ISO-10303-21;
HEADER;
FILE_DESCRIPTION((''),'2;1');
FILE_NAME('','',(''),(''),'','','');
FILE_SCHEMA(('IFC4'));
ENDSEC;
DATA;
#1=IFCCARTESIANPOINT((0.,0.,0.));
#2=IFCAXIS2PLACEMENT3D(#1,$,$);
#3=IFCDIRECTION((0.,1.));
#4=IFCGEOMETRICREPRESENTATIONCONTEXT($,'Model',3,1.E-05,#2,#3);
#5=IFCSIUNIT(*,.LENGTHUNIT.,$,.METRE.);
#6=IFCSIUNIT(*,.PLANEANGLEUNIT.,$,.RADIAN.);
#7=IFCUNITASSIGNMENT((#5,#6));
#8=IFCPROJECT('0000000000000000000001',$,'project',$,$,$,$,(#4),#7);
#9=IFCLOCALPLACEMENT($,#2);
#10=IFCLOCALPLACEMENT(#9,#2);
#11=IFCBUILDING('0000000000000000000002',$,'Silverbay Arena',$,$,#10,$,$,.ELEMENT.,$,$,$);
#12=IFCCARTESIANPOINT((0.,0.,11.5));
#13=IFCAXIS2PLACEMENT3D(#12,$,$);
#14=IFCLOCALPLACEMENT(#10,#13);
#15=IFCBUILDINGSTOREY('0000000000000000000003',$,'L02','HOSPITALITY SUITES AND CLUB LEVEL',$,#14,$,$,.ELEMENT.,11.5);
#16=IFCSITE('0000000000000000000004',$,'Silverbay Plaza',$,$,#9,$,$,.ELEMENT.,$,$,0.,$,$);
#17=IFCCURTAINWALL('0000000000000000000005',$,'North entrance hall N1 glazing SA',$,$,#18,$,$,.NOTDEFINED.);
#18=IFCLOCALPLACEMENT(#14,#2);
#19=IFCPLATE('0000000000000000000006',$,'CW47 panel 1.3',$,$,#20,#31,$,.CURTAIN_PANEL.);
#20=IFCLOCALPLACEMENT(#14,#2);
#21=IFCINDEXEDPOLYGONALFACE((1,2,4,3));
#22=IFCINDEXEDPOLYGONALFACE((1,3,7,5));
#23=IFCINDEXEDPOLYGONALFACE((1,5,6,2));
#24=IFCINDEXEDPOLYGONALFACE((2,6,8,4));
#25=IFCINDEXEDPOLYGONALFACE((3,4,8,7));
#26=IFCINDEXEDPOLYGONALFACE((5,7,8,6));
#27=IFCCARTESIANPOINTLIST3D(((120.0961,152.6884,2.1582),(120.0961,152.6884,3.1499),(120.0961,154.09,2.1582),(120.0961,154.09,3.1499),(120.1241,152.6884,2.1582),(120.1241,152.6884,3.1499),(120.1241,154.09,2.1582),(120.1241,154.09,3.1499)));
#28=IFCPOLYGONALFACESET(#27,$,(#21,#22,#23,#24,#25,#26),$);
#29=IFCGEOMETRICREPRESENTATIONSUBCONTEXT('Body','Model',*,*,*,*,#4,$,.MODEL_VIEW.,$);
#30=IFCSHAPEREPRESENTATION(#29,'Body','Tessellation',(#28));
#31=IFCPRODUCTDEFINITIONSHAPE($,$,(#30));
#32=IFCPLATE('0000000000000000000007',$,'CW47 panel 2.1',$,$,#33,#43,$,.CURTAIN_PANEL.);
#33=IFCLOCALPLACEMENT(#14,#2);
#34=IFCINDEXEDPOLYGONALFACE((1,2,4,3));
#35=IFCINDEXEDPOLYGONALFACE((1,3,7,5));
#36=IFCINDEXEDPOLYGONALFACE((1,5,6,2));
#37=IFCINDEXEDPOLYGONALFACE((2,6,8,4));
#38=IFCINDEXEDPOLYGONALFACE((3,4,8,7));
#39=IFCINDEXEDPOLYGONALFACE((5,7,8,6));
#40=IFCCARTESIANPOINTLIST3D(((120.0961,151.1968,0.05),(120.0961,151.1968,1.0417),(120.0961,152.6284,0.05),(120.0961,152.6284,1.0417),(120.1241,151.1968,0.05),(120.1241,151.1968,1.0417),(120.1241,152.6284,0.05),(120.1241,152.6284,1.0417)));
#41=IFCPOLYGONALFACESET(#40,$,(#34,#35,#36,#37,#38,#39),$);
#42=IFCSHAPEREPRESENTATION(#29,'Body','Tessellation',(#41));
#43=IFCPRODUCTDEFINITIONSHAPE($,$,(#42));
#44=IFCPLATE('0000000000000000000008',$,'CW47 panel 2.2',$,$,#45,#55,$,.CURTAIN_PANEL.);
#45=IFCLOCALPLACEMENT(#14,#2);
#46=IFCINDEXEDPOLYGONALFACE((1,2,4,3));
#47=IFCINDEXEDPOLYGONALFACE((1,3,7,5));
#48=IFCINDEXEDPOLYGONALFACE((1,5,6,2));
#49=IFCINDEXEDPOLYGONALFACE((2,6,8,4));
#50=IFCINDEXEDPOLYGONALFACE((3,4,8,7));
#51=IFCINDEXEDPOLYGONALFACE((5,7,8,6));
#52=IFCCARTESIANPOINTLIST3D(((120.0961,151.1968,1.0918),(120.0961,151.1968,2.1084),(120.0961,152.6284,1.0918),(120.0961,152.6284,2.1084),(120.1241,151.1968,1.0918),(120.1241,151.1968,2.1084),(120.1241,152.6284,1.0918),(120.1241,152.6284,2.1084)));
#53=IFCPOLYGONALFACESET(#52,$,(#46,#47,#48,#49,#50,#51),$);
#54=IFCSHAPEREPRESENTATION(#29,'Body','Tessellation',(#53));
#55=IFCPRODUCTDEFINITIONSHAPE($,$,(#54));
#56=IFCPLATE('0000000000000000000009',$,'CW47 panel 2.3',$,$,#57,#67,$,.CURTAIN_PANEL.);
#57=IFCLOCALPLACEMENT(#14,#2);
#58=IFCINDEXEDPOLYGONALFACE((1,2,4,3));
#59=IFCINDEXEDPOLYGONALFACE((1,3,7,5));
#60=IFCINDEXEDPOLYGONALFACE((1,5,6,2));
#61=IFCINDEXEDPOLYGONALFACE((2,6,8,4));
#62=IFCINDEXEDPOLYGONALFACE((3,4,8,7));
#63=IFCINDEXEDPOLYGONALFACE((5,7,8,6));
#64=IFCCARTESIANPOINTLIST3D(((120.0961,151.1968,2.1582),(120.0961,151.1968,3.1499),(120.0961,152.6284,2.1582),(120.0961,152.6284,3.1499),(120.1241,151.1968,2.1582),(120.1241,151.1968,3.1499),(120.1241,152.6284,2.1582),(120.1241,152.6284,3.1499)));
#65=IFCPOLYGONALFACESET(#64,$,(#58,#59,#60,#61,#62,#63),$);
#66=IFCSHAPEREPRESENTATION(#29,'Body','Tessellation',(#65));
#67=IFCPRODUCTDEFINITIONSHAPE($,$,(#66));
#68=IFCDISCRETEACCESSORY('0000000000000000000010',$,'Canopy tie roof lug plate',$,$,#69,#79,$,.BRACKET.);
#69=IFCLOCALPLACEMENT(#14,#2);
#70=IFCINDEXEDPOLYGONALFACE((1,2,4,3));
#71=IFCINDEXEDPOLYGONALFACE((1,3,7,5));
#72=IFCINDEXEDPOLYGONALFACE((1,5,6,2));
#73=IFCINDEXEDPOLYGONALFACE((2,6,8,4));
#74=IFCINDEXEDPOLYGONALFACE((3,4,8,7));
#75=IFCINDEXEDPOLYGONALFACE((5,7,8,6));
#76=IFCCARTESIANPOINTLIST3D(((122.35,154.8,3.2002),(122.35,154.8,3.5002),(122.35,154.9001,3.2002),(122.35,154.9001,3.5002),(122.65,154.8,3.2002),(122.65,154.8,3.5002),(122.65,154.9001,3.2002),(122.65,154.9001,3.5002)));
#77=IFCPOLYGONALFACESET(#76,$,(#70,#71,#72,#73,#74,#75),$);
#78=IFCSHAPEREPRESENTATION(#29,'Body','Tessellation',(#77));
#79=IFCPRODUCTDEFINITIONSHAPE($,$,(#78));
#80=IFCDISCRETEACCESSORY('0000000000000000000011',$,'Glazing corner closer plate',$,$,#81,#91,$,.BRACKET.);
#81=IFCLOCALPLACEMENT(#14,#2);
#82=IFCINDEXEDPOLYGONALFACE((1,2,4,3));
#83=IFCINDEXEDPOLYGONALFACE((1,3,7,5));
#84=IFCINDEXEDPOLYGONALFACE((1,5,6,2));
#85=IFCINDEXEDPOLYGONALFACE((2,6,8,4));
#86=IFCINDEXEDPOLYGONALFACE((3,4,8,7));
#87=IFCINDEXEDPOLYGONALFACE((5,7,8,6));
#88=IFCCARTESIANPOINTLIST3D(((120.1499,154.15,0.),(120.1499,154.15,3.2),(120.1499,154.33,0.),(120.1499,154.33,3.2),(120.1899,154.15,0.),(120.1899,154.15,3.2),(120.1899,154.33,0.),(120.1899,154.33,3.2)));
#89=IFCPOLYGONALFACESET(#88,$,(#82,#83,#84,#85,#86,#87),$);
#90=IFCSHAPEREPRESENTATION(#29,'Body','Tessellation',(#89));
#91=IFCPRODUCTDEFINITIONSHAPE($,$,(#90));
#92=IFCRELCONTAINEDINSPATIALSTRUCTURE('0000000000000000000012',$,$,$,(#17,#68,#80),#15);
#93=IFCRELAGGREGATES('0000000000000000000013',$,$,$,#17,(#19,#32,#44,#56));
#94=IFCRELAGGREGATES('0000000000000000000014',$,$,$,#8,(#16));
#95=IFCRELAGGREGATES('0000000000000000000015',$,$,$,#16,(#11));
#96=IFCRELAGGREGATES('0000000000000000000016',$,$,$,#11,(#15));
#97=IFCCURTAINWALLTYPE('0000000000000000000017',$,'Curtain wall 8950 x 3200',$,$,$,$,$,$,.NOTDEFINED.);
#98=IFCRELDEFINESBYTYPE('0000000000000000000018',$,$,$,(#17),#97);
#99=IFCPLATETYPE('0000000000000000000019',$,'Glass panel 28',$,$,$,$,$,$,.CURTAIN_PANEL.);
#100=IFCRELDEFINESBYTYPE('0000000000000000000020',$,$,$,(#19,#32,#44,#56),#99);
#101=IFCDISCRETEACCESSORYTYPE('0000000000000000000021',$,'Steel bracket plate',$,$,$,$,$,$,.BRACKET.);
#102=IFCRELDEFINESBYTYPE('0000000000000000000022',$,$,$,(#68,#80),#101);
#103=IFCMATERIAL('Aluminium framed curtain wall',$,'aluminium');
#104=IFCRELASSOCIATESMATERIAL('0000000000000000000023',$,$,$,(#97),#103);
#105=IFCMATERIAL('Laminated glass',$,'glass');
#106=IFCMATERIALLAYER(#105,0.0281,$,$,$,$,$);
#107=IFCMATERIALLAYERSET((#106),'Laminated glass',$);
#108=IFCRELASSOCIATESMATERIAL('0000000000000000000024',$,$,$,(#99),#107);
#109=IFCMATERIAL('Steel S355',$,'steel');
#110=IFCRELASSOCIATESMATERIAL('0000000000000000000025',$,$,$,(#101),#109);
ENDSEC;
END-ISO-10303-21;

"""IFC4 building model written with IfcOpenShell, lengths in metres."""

from ifc_helpers import new_model, si_unit, direction, frame, origin, origin_2d, place, context, subcontext, project, spatial, rectangle, extrude, material, layer, layer_set, type_object, element, aggregate, save


model = new_model("IFC4")

# Units and contexts
model_context = context("Model", 3, precision=1e-05, world=origin(), true_north=direction((0.0, 1.0)))
body_context = subcontext(model_context, "Body", "Model", "MODEL_VIEW")
ifc_project = project(units=[si_unit("LENGTHUNIT", "METRE"), si_unit("PLANEANGLEUNIT", "RADIAN")], contexts=[model_context])

# Site, building, storey
site_placement = place(None, origin())
site = spatial("IfcSite", under=ifc_project, at=site_placement, Name="Silverbay Plaza", CompositionType="ELEMENT", RefElevation=0.0)
building_placement = place(site_placement, origin())
building = spatial("IfcBuilding", under=site, at=building_placement, Name="Silverbay Arena", CompositionType="ELEMENT")
storey_placement = place(building_placement, frame((0.0, 0.0, 11.5)))
storey = spatial("IfcBuildingStorey", under=building, at=storey_placement, Name="L02", Description="HOSPITALITY SUITES AND CLUB LEVEL", CompositionType="ELEMENT", Elevation=11.5)

# Curtain wall
ifc_material_1 = material(Name="Aluminium framed curtain wall", Category="aluminium")
curtain_wall_type_1 = type_object("IfcCurtainWallType", Name="Curtain wall 8950 x 3200", PredefinedType="NOTDEFINED", material=ifc_material_1)
curtain_wall_1_placement = place(storey_placement, origin())
curtain_wall_1 = element("IfcCurtainWall", 1, at=curtain_wall_1_placement, inside=storey, type_object=curtain_wall_type_1, Name="North entrance hall N1 glazing SA", PredefinedType="NOTDEFINED")

# Plates
ifc_material_2 = material(Name="Laminated glass", Category="glass")
ifc_layer = layer(ifc_material_2, 0.0281)
ifc_layer_set = layer_set([ifc_layer], Name="Laminated glass")
plate_type = type_object("IfcPlateType", Name="Glass panel 28", PredefinedType="CURTAIN_PANEL", material=ifc_layer_set)
plate_1_placement = place(storey_placement, frame((120.1101, 153.3892, 2.1582), z_axis=(0.0, 0.0, 1.0), x_axis=(0.0, -1.0, 0.0)))
plate_1 = element("IfcPlate", 2, at=plate_1_placement, type_object=plate_type, Name="CW47 panel 1.3", PredefinedType="CURTAIN_PANEL", context=body_context, shape_type="SweptSolid", body=[
    extrude(rectangle(XDim=1.4016, YDim=0.0281, at=origin_2d()), origin(), (0.0, 0.0, 1.0), 0.9917),
])
plate_2_placement = place(storey_placement, frame((120.1101, 151.9126, 0.05), z_axis=(0.0, 0.0, 1.0), x_axis=(0.0, -1.0, 0.0)))
plate_2 = element("IfcPlate", 3, at=plate_2_placement, type_object=plate_type, Name="CW47 panel 2.1", PredefinedType="CURTAIN_PANEL", context=body_context, shape_type="SweptSolid", body=[
    extrude(rectangle(XDim=1.4316, YDim=0.0281, at=origin_2d()), origin(), (0.0, 0.0, 1.0), 0.9917),
])
plate_3_placement = place(storey_placement, frame((120.1101, 151.9126, 1.0918), z_axis=(0.0, 0.0, 1.0), x_axis=(0.0, -1.0, 0.0)))
plate_3 = element("IfcPlate", 4, at=plate_3_placement, type_object=plate_type, Name="CW47 panel 2.2", PredefinedType="CURTAIN_PANEL", context=body_context, shape_type="SweptSolid", body=[
    extrude(rectangle(XDim=1.4316, YDim=0.0281, at=origin_2d()), origin(), (0.0, 0.0, 1.0), 1.0166),
])
plate_4_placement = place(storey_placement, frame((120.1101, 151.9126, 2.1582), z_axis=(0.0, 0.0, 1.0), x_axis=(0.0, -1.0, 0.0)))
plate_4 = element("IfcPlate", 5, at=plate_4_placement, type_object=plate_type, Name="CW47 panel 2.3", PredefinedType="CURTAIN_PANEL", context=body_context, shape_type="SweptSolid", body=[
    extrude(rectangle(XDim=1.4316, YDim=0.0281, at=origin_2d()), origin(), (0.0, 0.0, 1.0), 0.9917),
])
aggregate(curtain_wall_1, [plate_1, plate_2, plate_3, plate_4])

# Discrete accessories
ifc_material_3 = material(Name="Steel S355", Category="steel")
discrete_accessory_type = type_object("IfcDiscreteAccessoryType", Name="Steel bracket plate", PredefinedType="BRACKET", material=ifc_material_3)
discrete_accessory_1_placement = place(storey_placement, frame((122.5, 154.8501, 3.2002), z_axis=(0.0, 0.0, 1.0), x_axis=(1.0, 0.0, 0.0)))
element("IfcDiscreteAccessory", 6, at=discrete_accessory_1_placement, inside=storey, type_object=discrete_accessory_type, Name="Canopy tie roof lug plate", PredefinedType="BRACKET", context=body_context, shape_type="SweptSolid", body=[
    extrude(rectangle(XDim=0.3, YDim=0.1001, at=origin_2d()), origin(), (0.0, 0.0, 1.0), 0.3),
])
discrete_accessory_2_placement = place(storey_placement, frame((120.1699, 154.24, 0.0), z_axis=(0.0, 0.0, 1.0), x_axis=(1.0, 0.0, 0.0)))
element("IfcDiscreteAccessory", 7, at=discrete_accessory_2_placement, inside=storey, type_object=discrete_accessory_type, Name="Glazing corner closer plate", PredefinedType="BRACKET", context=body_context, shape_type="SweptSolid", body=[
    extrude(rectangle(XDim=0.04, YDim=0.1799, at=origin_2d()), origin(), (0.0, 0.0, 1.0), 3.2),
])

save(model, "model.ifc")
